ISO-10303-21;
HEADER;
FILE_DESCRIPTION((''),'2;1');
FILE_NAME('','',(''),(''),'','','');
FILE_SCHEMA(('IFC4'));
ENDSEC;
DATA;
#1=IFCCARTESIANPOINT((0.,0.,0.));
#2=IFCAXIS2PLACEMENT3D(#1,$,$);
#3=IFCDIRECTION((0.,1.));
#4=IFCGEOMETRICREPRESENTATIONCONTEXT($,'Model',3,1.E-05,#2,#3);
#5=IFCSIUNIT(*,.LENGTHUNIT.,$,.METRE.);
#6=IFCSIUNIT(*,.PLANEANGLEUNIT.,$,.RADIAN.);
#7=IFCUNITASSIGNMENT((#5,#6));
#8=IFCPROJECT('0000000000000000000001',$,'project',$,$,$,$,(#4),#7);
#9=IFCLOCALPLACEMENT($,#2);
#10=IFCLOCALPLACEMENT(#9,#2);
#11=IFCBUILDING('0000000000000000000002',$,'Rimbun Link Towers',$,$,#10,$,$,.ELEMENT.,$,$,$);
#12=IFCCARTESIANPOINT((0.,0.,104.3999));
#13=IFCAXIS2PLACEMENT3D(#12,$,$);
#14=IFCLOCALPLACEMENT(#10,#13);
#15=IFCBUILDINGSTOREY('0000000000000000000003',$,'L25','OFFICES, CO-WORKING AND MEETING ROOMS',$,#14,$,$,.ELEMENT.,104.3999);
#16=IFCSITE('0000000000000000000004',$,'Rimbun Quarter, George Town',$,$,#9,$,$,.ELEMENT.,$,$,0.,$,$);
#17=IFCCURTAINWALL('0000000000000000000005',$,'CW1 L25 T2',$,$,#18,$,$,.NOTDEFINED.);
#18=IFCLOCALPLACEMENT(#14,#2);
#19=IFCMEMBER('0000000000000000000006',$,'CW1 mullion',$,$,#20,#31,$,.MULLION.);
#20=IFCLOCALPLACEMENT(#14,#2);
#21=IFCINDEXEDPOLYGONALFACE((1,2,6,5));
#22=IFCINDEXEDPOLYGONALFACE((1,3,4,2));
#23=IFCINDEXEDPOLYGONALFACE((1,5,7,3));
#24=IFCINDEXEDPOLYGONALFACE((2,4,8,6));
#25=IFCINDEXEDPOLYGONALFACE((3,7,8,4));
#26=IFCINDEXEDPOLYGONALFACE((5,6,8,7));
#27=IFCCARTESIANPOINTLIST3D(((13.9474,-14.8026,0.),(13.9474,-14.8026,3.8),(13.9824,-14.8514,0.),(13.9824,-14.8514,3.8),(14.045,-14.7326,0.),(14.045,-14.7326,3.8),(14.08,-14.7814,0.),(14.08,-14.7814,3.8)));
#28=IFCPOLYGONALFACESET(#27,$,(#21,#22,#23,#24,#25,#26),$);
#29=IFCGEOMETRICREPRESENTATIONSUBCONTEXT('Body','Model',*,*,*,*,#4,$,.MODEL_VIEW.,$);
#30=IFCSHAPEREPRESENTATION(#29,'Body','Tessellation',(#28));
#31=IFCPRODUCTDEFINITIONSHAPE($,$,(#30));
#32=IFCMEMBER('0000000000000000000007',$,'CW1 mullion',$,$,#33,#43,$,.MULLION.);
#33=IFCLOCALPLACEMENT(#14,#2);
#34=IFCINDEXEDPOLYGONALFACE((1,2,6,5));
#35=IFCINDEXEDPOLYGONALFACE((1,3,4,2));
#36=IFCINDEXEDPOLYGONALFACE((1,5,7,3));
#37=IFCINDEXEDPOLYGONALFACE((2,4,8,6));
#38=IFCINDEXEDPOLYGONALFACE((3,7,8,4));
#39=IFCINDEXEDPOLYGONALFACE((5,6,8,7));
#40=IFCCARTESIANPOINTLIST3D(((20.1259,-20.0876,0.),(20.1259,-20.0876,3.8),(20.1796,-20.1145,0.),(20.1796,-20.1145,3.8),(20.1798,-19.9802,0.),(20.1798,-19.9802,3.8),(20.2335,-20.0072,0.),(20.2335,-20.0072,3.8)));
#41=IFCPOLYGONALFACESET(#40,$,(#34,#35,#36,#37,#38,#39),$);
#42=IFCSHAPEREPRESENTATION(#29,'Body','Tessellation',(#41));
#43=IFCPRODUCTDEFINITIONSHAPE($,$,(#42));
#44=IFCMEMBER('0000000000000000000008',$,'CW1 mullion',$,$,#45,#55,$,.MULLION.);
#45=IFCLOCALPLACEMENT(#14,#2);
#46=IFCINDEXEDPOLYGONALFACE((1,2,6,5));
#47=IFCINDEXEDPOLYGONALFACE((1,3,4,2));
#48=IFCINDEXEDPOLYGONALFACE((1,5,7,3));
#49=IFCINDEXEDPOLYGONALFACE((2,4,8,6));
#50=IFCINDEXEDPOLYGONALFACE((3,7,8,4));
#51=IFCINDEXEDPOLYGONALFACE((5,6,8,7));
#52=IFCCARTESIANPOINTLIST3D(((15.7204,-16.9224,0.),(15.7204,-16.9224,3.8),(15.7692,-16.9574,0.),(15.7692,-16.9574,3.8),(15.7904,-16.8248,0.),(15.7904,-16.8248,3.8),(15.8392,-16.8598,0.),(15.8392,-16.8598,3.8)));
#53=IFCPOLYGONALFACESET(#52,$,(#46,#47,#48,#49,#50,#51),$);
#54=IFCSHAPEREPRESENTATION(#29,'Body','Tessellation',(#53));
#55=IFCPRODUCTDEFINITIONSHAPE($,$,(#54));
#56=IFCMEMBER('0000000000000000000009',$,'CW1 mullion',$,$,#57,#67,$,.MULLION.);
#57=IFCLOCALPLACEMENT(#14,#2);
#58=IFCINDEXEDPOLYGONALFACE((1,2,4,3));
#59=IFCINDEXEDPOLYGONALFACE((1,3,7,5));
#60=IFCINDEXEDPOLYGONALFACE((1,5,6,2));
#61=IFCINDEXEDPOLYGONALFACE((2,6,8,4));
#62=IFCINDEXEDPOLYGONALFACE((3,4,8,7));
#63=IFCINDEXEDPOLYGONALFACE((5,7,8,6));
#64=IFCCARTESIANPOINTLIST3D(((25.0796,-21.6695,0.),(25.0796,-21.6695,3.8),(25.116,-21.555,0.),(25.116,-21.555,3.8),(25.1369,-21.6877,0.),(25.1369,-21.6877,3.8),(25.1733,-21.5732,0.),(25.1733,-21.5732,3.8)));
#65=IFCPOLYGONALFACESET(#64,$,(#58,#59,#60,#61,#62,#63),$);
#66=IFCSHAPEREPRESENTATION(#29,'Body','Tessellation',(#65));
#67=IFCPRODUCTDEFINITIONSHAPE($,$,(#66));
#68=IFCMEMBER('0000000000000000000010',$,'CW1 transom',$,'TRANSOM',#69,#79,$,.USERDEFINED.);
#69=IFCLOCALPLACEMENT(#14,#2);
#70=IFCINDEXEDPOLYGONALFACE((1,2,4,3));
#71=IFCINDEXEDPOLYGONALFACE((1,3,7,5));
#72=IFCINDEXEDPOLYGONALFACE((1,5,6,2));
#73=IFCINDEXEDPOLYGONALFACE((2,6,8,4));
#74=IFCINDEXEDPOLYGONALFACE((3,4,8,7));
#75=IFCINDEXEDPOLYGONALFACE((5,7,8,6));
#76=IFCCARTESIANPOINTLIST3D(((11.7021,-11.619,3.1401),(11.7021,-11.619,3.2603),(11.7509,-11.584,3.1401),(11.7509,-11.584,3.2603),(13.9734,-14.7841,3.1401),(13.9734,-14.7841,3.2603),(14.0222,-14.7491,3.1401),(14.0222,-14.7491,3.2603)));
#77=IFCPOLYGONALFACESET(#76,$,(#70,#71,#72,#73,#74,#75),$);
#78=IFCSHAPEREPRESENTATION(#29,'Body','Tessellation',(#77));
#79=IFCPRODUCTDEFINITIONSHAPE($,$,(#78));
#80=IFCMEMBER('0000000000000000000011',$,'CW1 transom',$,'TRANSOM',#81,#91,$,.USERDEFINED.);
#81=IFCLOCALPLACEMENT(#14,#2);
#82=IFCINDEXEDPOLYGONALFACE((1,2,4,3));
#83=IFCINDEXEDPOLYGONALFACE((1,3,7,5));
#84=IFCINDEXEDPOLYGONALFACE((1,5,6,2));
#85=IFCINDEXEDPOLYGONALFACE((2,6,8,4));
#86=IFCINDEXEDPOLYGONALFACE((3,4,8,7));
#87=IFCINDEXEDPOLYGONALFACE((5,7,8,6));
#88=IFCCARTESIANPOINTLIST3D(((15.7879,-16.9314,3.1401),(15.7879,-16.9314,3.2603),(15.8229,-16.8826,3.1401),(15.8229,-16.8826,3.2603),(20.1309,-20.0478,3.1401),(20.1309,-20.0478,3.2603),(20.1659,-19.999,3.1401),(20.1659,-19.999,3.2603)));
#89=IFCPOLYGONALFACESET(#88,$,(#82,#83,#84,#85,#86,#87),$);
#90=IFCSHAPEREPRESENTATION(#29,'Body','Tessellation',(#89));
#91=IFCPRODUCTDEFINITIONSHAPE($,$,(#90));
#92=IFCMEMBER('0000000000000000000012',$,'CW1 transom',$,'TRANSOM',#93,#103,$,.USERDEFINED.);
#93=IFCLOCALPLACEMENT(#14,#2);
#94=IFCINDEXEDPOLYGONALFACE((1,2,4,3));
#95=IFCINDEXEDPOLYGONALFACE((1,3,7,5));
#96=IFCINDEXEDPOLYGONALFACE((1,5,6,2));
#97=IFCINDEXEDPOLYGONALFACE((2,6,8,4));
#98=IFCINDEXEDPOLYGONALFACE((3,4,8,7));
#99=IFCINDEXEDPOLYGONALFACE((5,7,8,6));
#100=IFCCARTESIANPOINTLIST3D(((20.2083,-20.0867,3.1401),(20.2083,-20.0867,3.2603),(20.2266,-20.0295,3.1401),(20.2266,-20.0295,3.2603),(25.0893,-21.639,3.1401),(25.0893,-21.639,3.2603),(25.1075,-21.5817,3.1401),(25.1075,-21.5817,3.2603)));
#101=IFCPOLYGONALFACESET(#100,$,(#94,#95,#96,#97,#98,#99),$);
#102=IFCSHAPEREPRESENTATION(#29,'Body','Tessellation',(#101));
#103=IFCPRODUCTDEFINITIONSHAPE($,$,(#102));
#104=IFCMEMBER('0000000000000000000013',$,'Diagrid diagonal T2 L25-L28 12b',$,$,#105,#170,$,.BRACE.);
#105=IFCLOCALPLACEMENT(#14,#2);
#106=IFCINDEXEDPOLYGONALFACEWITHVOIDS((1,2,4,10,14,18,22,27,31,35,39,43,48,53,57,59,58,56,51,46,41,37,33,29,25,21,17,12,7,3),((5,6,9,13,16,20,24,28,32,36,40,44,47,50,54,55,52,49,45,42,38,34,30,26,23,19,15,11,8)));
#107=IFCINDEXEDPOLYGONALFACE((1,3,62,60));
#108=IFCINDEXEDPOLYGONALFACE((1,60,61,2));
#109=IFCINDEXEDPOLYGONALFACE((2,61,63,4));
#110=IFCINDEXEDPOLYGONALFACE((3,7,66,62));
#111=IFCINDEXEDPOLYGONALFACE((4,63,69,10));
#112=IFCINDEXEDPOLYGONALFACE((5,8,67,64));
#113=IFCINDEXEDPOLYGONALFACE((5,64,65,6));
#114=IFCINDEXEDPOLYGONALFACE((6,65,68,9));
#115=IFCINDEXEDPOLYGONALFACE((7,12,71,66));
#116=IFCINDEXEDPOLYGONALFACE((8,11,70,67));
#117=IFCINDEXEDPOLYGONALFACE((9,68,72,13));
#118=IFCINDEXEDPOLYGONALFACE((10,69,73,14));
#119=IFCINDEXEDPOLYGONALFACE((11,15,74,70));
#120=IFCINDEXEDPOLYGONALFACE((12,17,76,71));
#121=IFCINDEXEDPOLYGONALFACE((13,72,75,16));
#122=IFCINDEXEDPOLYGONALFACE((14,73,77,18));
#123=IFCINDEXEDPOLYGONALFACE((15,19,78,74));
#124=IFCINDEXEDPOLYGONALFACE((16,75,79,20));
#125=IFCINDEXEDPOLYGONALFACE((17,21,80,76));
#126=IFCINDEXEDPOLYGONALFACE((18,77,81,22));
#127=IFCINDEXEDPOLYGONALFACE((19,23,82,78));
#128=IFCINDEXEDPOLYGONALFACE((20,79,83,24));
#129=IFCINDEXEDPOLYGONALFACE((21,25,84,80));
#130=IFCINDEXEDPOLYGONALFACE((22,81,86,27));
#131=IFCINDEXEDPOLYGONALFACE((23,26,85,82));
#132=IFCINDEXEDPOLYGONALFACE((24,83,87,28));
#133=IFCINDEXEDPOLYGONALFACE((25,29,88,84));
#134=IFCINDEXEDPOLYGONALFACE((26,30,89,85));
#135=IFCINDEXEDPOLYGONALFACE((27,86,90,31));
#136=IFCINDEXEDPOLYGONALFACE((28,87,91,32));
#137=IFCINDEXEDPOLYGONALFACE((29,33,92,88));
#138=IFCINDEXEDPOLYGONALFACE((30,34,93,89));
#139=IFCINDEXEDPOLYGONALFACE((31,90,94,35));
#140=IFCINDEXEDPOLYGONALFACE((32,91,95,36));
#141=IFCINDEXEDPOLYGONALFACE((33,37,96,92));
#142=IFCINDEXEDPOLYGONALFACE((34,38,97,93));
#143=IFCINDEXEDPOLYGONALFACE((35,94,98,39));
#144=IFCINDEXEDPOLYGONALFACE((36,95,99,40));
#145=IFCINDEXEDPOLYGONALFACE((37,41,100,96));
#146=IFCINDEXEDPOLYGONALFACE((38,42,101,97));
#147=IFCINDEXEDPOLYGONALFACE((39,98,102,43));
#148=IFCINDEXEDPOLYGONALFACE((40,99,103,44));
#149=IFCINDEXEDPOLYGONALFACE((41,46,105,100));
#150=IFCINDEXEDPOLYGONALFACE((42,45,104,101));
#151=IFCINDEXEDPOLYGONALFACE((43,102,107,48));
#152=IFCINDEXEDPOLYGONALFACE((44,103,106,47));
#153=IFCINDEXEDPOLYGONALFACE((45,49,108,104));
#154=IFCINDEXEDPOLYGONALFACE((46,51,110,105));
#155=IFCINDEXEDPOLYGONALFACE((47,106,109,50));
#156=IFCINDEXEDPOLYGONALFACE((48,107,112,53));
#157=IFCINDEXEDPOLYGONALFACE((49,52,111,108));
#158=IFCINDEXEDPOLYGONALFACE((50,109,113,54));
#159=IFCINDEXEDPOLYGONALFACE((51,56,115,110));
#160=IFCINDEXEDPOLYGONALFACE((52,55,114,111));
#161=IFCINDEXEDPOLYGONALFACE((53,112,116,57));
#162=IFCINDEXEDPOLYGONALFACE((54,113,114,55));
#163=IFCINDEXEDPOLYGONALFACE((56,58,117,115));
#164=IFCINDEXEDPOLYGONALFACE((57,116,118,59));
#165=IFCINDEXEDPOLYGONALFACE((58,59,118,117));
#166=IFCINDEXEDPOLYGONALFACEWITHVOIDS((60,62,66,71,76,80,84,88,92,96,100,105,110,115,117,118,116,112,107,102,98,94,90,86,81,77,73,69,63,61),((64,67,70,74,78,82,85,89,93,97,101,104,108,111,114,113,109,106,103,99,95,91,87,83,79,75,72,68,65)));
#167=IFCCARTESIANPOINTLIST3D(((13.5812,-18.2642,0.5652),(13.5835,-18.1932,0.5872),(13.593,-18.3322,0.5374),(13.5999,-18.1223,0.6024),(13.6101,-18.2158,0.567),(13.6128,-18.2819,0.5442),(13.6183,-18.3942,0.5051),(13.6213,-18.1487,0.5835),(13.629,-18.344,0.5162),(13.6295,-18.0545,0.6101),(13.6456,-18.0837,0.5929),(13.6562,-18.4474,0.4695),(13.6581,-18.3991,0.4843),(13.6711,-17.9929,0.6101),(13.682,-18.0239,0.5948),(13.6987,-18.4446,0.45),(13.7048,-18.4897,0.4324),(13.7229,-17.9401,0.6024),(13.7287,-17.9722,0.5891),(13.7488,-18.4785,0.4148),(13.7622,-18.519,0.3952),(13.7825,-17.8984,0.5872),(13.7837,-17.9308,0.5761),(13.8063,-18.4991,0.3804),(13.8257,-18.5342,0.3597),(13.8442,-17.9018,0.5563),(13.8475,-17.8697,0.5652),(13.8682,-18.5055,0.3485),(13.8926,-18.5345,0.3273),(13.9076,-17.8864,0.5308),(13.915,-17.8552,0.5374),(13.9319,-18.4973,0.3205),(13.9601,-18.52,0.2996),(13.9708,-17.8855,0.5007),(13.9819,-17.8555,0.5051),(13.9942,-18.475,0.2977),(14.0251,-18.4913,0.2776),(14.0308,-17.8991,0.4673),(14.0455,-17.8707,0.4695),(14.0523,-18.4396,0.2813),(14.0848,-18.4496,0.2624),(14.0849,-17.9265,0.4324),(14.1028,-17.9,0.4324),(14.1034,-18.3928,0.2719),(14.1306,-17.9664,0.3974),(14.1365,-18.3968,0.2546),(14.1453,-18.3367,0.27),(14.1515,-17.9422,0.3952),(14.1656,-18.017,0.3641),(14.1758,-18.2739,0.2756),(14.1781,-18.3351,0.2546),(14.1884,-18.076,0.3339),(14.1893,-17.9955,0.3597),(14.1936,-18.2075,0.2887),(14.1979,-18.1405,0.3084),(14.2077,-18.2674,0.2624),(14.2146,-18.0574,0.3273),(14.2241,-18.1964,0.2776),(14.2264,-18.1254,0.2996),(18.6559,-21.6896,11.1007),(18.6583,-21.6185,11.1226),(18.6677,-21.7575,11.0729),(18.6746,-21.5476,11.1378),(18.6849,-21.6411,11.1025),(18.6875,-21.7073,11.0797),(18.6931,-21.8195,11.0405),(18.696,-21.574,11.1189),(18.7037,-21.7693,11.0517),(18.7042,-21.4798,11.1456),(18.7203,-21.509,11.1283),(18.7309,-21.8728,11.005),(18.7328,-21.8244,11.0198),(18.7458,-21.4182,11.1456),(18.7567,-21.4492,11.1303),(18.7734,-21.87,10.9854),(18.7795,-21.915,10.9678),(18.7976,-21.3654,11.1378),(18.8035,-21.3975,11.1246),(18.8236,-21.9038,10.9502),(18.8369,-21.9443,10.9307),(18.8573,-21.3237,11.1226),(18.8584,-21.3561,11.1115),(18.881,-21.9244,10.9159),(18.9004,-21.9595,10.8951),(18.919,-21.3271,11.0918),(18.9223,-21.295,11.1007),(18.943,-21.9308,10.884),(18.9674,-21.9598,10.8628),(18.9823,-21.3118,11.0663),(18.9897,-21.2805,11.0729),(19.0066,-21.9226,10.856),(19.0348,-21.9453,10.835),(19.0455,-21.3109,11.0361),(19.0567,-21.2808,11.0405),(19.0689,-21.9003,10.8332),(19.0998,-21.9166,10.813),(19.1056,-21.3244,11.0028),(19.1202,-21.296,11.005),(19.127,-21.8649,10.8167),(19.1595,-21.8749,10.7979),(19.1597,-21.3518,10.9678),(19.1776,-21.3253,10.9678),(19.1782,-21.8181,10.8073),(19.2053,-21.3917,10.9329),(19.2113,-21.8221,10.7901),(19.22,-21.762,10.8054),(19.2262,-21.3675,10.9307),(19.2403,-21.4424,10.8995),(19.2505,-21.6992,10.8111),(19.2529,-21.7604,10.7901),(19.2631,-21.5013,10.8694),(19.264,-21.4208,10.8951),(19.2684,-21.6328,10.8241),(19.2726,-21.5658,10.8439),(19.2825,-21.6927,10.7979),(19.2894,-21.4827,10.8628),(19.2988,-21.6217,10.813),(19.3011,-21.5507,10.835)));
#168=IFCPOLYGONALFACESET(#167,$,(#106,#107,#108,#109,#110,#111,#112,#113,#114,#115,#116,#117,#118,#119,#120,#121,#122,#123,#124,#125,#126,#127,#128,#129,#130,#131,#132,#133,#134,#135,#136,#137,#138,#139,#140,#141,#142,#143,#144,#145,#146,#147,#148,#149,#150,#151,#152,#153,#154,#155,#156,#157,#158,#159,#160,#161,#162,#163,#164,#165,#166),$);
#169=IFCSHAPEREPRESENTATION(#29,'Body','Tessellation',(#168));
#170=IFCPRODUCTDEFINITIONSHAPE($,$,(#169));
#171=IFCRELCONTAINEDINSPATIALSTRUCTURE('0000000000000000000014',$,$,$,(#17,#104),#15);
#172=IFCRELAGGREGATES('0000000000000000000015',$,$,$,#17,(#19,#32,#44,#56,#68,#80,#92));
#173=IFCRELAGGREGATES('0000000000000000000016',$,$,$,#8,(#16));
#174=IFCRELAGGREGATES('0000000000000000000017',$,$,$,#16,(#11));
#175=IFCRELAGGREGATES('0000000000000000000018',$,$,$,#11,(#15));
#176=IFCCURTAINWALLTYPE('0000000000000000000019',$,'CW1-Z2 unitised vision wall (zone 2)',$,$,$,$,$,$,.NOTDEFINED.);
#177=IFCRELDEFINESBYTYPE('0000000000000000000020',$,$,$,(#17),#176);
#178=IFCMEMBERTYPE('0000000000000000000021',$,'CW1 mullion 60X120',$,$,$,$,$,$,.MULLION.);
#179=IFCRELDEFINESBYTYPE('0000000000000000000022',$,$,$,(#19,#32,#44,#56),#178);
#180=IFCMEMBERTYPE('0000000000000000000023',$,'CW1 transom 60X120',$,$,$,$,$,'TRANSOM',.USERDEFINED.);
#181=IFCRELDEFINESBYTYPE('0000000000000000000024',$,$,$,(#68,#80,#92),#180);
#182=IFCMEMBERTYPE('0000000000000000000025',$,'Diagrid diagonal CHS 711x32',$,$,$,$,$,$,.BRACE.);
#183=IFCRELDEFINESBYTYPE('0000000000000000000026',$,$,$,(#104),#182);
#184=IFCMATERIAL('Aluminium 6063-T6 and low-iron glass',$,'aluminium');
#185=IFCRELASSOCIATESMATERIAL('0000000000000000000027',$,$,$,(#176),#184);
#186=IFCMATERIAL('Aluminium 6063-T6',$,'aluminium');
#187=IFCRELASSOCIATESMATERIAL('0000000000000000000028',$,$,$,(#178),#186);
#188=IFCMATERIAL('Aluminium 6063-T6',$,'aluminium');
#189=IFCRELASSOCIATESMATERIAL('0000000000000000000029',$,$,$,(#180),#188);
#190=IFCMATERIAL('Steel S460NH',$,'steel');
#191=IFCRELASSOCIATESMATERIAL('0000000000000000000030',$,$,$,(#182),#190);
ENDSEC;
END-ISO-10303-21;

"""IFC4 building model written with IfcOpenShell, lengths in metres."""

from ifc_helpers import new_model, si_unit, direction, frame, origin, origin_2d, place, context, subcontext, project, spatial, rectangle, hollow_circle, extrude, material, material_profile, profile_set, type_object, element, aggregate, save


model = new_model("IFC4")

# Units and contexts
model_context = context("Model", 3, precision=1e-05, world=origin(), true_north=direction((0.0, 1.0)))
body_context = subcontext(model_context, "Body", "Model", "MODEL_VIEW")
ifc_project = project(units=[si_unit("LENGTHUNIT", "METRE"), si_unit("PLANEANGLEUNIT", "RADIAN")], contexts=[model_context])

# Site, building, storey
site_placement = place(None, origin())
site = spatial("IfcSite", under=ifc_project, at=site_placement, Name="Rimbun Quarter, George Town", CompositionType="ELEMENT", RefElevation=0.0)
building_placement = place(site_placement, origin())
building = spatial("IfcBuilding", under=site, at=building_placement, Name="Rimbun Link Towers", CompositionType="ELEMENT")
storey_placement = place(building_placement, frame((0.0, 0.0, 104.3999)))
storey = spatial("IfcBuildingStorey", under=building, at=storey_placement, Name="L25", Description="OFFICES, CO-WORKING AND MEETING ROOMS", CompositionType="ELEMENT", Elevation=104.3999)

# Curtain wall, members
ifc_material_1 = material(Name="Aluminium 6063-T6 and low-iron glass", Category="aluminium")
curtain_wall_type = type_object("IfcCurtainWallType", Name="CW1-Z2 unitised vision wall (zone 2)", PredefinedType="NOTDEFINED", material=ifc_material_1)
curtain_wall_placement = place(storey_placement, origin())
curtain_wall = element("IfcCurtainWall", 1, at=curtain_wall_placement, inside=storey, type_object=curtain_wall_type, Name="CW1 L25 T2", PredefinedType="NOTDEFINED")
ifc_material_2 = material(Name="Aluminium 6063-T6", Category="aluminium")
ifc_material_profile_1 = material_profile(ifc_material_2, rectangle(XDim=0.1201, YDim=0.0601, at=origin_2d()), Name="MULLION 60X120")
ifc_profile_set_1 = profile_set([ifc_material_profile_1], Name="Aluminium 6063-T6")
member_type_1 = type_object("IfcMemberType", Name="CW1 mullion 60X120", PredefinedType="MULLION", material=ifc_profile_set_1)
member_1_placement = place(storey_placement, frame((14.0137, -14.792, 0.0), z_axis=(0.0, 0.0, 1.0), x_axis=(-0.812467, -0.583007, 0.0)))
member_1 = element("IfcMember", 2, at=member_1_placement, type_object=member_type_1, Name="CW1 mullion", PredefinedType="MULLION", context=body_context, shape_type="SweptSolid", body=[
    extrude(rectangle(XDim=0.1201, YDim=0.0601, at=origin_2d()), origin(), (0.0, 0.0, 1.0), 3.8),
])
member_2_placement = place(storey_placement, frame((20.1797, -20.0474, 0.0), z_axis=(0.0, 0.0, 1.0), x_axis=(-0.448567, -0.893749, 0.0)))
member_2 = element("IfcMember", 3, at=member_2_placement, type_object=member_type_1, Name="CW1 mullion", PredefinedType="MULLION", context=body_context, shape_type="SweptSolid", body=[
    extrude(rectangle(XDim=0.1201, YDim=0.0601, at=origin_2d()), origin(), (0.0, 0.0, 1.0), 3.8),
])
member_3_placement = place(storey_placement, frame((15.7798, -16.8911, 0.0), z_axis=(0.0, 0.0, 1.0), x_axis=(-0.583007, -0.812467, 0.0)))
member_3 = element("IfcMember", 4, at=member_3_placement, type_object=member_type_1, Name="CW1 mullion", PredefinedType="MULLION", context=body_context, shape_type="SweptSolid", body=[
    extrude(rectangle(XDim=0.1201, YDim=0.0601, at=origin_2d()), origin(), (0.0, 0.0, 1.0), 3.8),
])
member_4_placement = place(storey_placement, frame((25.1265, -21.6213, 0.0), z_axis=(0.0, 0.0, 1.0), x_axis=(-0.303057, -0.952972, 0.0)))
member_4 = element("IfcMember", 5, at=member_4_placement, type_object=member_type_1, Name="CW1 mullion", PredefinedType="MULLION", context=body_context, shape_type="SweptSolid", body=[
    extrude(rectangle(XDim=0.1201, YDim=0.0601, at=origin_2d()), origin(), (0.0, 0.0, 1.0), 3.8),
])
ifc_material_3 = material(Name="Aluminium 6063-T6", Category="aluminium")
ifc_material_profile_2 = material_profile(ifc_material_3, rectangle(XDim=0.0601, YDim=0.1201, at=origin_2d()), Name="TRANSOM 60X120")
ifc_profile_set_2 = profile_set([ifc_material_profile_2], Name="Aluminium 6063-T6")
member_type_2 = type_object("IfcMemberType", Name="CW1 transom 60X120", ElementType="TRANSOM", PredefinedType="USERDEFINED", material=ifc_profile_set_2)
member_5_placement = place(storey_placement, frame((13.9978, -14.7666, 3.2002), z_axis=(-0.583021, 0.812457, 0.0), x_axis=(-0.812457, -0.583021, 0.0)))
member_5 = element("IfcMember", 6, at=member_5_placement, type_object=member_type_2, Name="CW1 transom", ObjectType="TRANSOM", PredefinedType="USERDEFINED", context=body_context, shape_type="SweptSolid", body=[
    extrude(rectangle(XDim=0.0601, YDim=0.1201, at=origin_2d()), origin(), (0.0, 0.0, 1.0), 3.8958),
])
member_6_placement = place(storey_placement, frame((20.1484, -20.0234, 3.2002), z_axis=(-0.812466, 0.583008, 0.0), x_axis=(-0.583008, -0.812466, 0.0)))
member_6 = element("IfcMember", 7, at=member_6_placement, type_object=member_type_2, Name="CW1 transom", ObjectType="TRANSOM", PredefinedType="USERDEFINED", context=body_context, shape_type="SweptSolid", body=[
    extrude(rectangle(XDim=0.0601, YDim=0.1201, at=origin_2d()), origin(), (0.0, 0.0, 1.0), 5.3455),
])
member_7_placement = place(storey_placement, frame((25.0984, -21.6104, 3.2002), z_axis=(-0.952968, 0.30307, 0.0), x_axis=(-0.30307, -0.952968, 0.0)))
member_7 = element("IfcMember", 8, at=member_7_placement, type_object=member_type_2, Name="CW1 transom", ObjectType="TRANSOM", PredefinedType="USERDEFINED", context=body_context, shape_type="SweptSolid", body=[
    extrude(rectangle(XDim=0.0601, YDim=0.1201, at=origin_2d()), origin(), (0.0, 0.0, 1.0), 5.1218),
])

# Member
ifc_material_4 = material(Name="Steel S460NH", Category="steel")
ifc_material_profile_3 = material_profile(ifc_material_4, hollow_circle(Radius=0.3557, WallThickness=0.032, at=origin_2d()), Name="Diagrid diagonal CHS 711x32")
ifc_profile_set_3 = profile_set([ifc_material_profile_3], Name="Steel S460NH")
member_type_3 = type_object("IfcMemberType", Name="Diagrid diagonal CHS 711x32", PredefinedType="BRACE", material=ifc_profile_set_3)
member_8_placement = place(storey_placement, frame((13.9038, -18.1948, 0.4324), z_axis=(0.416464, -0.281102, 0.864604), x_axis=(0.559458, 0.828859, 0.0)))
element("IfcMember", 9, at=member_8_placement, inside=storey, type_object=member_type_3, Name="Diagrid diagonal T2 L25-L28 12b", PredefinedType="BRACE", context=body_context, shape_type="SweptSolid", body=[
    extrude(hollow_circle(Radius=0.3557, WallThickness=0.032, at=origin_2d()), origin(), (0.0, 0.0, 1.0), 12.1853),
])

aggregate(curtain_wall, [member_1, member_2, member_3, member_4, member_5, member_6, member_7])

save(model, "model.ifc")
